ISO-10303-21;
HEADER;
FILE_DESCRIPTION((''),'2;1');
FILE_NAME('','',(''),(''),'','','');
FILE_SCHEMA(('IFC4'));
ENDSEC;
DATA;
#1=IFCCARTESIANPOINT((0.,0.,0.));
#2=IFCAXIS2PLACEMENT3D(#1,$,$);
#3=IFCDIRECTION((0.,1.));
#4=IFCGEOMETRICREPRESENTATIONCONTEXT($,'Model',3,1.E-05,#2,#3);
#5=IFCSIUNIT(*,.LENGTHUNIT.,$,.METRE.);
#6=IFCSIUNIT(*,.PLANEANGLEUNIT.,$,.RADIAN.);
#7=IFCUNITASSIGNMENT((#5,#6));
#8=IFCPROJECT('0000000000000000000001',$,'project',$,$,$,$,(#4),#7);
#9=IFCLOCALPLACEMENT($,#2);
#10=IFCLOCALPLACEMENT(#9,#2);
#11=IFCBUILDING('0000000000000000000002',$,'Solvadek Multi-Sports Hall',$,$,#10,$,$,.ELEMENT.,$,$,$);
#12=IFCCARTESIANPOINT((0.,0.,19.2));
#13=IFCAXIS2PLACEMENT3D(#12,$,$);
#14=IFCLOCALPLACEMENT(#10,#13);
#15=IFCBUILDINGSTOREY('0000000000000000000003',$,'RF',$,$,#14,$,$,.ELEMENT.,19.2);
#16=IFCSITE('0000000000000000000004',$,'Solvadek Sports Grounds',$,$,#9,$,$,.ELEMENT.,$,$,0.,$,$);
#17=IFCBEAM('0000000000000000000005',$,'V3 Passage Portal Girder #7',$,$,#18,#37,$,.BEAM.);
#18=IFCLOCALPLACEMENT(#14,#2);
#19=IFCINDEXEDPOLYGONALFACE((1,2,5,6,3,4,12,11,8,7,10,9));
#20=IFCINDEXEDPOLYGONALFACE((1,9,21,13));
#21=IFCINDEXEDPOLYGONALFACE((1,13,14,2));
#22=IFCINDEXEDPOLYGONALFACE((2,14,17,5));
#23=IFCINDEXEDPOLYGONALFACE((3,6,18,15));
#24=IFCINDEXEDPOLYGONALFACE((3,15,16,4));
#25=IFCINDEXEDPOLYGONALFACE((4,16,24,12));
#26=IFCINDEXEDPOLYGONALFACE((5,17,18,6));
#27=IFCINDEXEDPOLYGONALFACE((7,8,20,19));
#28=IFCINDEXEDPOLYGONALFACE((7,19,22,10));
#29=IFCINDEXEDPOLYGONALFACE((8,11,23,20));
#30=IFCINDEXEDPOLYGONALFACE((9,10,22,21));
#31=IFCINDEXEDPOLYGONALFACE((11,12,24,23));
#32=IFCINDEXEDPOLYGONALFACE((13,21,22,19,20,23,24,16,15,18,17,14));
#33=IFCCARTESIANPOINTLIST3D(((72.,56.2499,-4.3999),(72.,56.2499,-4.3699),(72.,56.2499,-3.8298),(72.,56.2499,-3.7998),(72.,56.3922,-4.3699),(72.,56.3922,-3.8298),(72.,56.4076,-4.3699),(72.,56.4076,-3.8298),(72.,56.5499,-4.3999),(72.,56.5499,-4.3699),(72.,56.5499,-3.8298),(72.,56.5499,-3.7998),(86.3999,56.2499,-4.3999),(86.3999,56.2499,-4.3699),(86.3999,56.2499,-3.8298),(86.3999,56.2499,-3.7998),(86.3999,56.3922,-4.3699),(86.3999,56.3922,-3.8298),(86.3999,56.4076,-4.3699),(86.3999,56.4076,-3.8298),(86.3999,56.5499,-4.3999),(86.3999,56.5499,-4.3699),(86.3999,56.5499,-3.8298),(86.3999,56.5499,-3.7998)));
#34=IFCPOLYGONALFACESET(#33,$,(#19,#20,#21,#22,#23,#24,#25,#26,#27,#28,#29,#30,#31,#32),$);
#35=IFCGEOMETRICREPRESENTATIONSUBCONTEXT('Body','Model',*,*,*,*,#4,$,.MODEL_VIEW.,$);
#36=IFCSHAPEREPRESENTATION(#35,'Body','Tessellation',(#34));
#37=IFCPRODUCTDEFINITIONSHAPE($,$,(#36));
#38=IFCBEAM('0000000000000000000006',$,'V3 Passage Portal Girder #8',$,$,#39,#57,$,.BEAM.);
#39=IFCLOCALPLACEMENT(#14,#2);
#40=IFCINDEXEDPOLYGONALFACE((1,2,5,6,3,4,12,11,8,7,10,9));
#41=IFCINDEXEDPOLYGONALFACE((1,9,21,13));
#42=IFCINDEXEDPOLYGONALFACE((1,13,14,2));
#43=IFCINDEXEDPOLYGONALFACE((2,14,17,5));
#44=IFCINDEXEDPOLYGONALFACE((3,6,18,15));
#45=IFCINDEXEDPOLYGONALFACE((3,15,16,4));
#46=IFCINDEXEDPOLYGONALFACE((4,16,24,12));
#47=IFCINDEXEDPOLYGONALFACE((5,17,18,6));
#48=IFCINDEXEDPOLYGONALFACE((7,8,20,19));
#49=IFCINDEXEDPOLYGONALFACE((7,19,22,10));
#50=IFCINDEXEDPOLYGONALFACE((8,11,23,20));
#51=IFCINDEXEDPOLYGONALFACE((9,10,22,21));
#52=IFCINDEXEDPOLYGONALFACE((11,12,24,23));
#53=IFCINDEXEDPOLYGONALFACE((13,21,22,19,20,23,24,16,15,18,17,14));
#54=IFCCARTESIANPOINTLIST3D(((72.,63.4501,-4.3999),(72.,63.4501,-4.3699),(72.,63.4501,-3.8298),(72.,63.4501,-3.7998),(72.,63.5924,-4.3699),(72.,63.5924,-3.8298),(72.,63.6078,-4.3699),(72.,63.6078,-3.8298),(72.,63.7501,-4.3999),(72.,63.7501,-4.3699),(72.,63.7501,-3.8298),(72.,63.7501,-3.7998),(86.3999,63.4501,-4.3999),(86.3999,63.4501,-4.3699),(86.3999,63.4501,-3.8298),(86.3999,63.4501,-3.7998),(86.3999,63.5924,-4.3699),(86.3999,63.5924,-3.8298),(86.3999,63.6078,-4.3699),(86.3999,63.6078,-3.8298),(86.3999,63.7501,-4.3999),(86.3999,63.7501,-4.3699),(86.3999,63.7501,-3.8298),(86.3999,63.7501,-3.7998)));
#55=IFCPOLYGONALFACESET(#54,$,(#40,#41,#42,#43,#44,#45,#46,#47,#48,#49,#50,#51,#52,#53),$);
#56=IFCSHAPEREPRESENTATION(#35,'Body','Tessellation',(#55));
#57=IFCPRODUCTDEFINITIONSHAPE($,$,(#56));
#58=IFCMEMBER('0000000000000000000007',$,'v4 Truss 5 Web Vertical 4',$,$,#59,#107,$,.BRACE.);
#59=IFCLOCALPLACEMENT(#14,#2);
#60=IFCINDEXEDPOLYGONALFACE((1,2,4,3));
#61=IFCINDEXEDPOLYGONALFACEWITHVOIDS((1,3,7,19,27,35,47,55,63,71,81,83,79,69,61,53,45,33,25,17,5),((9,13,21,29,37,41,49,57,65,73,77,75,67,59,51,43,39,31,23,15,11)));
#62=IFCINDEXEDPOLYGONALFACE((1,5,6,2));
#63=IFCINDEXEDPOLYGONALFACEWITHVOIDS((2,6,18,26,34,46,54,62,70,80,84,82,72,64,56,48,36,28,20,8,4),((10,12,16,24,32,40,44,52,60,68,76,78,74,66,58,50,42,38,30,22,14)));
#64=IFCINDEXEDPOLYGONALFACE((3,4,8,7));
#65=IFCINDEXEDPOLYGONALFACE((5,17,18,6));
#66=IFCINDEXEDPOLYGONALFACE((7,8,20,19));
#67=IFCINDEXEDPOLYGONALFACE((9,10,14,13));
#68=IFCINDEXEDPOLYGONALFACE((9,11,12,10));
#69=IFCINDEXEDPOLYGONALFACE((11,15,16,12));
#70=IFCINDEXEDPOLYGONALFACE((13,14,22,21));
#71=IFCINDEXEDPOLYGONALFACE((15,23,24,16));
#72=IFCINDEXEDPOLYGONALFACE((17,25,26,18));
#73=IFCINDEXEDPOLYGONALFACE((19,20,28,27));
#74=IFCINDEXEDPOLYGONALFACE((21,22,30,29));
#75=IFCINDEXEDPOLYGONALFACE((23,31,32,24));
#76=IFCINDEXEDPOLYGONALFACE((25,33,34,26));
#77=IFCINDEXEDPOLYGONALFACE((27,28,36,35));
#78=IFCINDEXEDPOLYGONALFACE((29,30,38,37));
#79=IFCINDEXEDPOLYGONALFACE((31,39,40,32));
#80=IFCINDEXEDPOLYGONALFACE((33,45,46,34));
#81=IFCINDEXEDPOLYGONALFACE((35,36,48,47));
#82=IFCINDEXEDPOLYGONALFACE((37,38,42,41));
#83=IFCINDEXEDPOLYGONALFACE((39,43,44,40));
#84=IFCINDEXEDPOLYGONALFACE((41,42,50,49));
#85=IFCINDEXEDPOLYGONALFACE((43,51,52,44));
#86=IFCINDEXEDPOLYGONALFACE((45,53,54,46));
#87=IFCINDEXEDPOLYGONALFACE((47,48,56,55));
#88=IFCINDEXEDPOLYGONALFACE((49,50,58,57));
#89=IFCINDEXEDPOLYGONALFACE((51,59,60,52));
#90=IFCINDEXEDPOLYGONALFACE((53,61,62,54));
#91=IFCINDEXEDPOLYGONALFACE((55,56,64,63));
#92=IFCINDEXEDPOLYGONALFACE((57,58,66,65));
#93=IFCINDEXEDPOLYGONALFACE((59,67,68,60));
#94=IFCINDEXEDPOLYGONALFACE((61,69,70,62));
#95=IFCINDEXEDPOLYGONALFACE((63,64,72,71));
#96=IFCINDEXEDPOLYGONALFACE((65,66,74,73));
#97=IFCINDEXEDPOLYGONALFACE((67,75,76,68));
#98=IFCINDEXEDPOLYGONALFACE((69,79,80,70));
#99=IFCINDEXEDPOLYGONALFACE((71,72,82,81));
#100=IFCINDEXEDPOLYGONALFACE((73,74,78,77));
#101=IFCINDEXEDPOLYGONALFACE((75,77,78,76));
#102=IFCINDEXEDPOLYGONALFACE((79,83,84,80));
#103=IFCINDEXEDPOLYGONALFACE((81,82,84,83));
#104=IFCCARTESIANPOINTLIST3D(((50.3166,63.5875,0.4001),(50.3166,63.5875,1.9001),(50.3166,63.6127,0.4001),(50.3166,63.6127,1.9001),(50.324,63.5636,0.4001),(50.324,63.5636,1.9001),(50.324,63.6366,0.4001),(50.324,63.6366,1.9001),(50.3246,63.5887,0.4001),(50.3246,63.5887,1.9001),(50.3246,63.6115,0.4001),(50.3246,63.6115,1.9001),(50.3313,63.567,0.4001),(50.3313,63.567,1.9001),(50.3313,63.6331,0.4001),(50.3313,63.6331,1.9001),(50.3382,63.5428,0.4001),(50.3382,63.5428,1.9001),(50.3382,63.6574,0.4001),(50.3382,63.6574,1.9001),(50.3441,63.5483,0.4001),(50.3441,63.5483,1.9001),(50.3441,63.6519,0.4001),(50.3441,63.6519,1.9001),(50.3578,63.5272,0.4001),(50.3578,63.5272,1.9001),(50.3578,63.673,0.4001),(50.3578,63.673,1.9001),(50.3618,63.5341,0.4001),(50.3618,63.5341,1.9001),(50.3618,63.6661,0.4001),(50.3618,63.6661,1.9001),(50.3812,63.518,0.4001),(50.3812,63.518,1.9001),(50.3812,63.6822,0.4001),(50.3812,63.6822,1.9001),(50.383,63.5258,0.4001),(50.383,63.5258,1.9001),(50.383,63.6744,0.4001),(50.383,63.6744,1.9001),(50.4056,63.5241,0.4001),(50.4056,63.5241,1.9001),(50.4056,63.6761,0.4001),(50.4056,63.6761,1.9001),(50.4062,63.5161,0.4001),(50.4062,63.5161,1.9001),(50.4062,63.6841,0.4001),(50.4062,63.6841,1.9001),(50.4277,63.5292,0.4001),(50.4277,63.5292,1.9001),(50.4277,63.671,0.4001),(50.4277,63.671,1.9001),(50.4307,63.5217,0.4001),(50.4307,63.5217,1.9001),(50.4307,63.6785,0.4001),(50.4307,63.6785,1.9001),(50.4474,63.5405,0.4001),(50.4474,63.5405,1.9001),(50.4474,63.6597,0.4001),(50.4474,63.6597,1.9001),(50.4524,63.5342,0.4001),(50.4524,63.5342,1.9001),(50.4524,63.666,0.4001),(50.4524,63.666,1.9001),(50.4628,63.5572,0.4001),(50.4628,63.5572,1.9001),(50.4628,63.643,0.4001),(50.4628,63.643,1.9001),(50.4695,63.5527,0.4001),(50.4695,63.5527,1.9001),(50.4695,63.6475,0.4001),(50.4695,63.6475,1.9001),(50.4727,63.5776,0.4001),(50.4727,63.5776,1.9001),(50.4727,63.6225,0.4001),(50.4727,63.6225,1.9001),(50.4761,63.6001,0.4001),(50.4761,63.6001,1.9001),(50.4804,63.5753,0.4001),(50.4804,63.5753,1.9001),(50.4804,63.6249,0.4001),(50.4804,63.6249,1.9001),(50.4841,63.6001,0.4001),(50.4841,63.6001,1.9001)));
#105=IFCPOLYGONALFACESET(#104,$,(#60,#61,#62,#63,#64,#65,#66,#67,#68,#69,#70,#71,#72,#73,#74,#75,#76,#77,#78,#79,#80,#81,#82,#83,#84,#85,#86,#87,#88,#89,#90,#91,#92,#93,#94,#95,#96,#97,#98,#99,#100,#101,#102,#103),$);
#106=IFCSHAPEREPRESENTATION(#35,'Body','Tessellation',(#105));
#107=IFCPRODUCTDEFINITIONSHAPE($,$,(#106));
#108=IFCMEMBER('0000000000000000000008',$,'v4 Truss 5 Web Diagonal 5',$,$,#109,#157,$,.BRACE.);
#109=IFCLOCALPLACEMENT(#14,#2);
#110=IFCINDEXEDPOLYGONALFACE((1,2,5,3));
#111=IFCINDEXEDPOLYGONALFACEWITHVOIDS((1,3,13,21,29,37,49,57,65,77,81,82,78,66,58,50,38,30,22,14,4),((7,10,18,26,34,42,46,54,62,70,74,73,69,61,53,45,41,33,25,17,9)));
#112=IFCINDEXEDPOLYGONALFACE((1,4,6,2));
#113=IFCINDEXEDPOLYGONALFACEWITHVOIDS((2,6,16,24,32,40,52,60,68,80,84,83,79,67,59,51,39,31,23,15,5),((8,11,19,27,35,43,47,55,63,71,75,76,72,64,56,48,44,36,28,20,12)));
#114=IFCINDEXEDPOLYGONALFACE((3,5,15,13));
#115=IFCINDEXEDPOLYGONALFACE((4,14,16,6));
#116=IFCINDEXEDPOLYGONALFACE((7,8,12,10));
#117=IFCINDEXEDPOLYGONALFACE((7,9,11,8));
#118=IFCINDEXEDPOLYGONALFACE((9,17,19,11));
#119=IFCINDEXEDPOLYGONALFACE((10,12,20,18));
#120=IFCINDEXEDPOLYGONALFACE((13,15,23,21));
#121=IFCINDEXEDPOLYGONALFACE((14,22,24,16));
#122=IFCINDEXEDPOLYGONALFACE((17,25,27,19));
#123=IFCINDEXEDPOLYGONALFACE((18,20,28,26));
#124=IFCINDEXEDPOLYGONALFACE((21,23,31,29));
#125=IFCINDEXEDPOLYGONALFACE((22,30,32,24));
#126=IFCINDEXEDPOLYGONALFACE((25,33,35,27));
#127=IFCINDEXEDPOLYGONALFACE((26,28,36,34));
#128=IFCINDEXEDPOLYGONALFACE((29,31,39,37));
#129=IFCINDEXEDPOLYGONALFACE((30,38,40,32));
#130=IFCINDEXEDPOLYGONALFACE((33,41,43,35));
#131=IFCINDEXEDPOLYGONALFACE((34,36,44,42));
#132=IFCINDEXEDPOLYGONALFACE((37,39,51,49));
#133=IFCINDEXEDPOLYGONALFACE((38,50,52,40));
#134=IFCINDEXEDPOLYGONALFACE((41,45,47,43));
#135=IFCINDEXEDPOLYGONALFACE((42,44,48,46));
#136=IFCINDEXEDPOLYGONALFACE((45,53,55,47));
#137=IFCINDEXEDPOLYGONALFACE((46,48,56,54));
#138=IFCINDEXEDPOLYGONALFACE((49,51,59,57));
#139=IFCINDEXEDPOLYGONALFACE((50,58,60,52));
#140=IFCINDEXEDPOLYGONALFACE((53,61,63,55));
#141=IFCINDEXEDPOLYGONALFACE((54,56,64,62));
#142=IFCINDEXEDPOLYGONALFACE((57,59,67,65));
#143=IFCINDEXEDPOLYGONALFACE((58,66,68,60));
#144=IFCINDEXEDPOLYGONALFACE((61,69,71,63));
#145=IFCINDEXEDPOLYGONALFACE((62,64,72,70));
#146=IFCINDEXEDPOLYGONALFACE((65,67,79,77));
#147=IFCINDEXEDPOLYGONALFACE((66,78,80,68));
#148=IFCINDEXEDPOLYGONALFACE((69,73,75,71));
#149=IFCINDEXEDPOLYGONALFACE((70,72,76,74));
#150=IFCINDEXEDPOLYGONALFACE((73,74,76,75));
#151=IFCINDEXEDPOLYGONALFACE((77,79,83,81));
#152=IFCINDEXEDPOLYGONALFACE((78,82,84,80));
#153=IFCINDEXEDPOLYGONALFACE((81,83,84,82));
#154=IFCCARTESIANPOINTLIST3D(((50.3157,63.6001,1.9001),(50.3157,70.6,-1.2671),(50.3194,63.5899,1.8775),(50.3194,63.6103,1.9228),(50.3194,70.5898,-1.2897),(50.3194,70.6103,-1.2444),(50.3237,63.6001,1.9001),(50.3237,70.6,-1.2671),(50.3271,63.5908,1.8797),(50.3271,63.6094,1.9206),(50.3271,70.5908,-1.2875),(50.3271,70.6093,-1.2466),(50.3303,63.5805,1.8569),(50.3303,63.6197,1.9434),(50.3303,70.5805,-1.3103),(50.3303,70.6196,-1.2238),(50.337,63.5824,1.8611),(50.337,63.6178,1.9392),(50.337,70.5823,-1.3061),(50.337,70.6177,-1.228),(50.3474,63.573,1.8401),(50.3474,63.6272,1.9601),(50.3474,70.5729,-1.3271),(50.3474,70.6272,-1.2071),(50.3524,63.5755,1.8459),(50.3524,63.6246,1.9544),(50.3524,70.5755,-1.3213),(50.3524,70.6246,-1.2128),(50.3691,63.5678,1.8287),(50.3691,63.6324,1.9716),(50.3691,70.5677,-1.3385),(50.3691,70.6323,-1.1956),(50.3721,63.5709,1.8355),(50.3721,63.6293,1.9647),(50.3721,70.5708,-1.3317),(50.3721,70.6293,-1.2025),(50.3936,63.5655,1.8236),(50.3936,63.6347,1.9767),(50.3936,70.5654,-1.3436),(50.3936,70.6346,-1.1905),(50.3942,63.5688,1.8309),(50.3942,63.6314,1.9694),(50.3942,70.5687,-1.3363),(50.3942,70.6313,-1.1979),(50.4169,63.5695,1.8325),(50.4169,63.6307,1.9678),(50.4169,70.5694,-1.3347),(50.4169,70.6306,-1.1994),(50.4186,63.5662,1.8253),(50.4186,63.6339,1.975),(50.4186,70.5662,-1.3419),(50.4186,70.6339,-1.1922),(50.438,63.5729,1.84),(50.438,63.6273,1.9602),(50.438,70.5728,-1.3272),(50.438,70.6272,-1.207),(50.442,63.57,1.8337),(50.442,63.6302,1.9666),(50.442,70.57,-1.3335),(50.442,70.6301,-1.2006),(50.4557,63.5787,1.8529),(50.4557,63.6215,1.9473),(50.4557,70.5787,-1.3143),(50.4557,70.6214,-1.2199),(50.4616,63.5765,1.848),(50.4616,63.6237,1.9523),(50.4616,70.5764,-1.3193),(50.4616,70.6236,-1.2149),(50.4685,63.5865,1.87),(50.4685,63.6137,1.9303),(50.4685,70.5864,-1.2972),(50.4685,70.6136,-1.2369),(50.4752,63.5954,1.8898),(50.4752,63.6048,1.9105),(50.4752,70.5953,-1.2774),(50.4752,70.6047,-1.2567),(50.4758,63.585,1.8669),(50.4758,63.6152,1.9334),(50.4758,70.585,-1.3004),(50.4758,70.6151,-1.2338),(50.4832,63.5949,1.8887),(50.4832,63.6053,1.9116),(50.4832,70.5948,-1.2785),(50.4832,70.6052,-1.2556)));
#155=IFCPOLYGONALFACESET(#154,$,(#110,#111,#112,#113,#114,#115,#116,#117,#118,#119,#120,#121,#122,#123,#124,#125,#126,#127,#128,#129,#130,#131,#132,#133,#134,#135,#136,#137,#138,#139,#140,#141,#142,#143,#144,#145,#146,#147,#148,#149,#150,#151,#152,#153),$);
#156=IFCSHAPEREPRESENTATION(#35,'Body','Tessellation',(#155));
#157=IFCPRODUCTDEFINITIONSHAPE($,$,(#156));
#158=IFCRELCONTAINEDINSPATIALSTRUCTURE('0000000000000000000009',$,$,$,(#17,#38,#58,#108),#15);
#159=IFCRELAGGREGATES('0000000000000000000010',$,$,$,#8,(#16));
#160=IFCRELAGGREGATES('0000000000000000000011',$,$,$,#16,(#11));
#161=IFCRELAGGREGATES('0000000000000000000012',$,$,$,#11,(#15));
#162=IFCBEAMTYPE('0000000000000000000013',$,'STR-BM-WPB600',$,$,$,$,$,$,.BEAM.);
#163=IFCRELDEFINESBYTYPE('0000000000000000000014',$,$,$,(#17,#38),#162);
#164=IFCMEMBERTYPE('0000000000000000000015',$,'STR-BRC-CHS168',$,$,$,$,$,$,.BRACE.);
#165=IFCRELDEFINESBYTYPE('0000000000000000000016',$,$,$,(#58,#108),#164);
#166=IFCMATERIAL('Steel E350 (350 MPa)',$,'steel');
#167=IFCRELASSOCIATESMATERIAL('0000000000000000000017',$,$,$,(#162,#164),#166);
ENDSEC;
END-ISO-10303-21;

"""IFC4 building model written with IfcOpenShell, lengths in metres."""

from ifc_helpers import new_model, si_unit, direction, frame, origin, origin_2d, place, context, subcontext, project, spatial, hollow_circle, i_section, extrude, material, material_profile, profile_set, type_object, element, save


model = new_model("IFC4")

# Units and contexts
model_context = context("Model", 3, precision=1e-05, world=origin(), true_north=direction((0.0, 1.0)))
body_context = subcontext(model_context, "Body", "Model", "MODEL_VIEW")
ifc_project = project(units=[si_unit("LENGTHUNIT", "METRE"), si_unit("PLANEANGLEUNIT", "RADIAN")], contexts=[model_context])

# Site, building, storey
site_placement = place(None, origin())
site = spatial("IfcSite", under=ifc_project, at=site_placement, Name="Solvadek Sports Grounds", CompositionType="ELEMENT", RefElevation=0.0)
building_placement = place(site_placement, origin())
building = spatial("IfcBuilding", under=site, at=building_placement, Name="Solvadek Multi-Sports Hall", CompositionType="ELEMENT")
storey_placement = place(building_placement, frame((0.0, 0.0, 19.2)))
storey = spatial("IfcBuildingStorey", under=building, at=storey_placement, Name="RF", CompositionType="ELEMENT", Elevation=19.2)

# Beams
ifc_material_1 = material(Name="Steel E350 (350 MPa)", Category="steel")
ifc_material_profile_1 = material_profile(ifc_material_1, i_section(OverallWidth=0.3, OverallDepth=0.6001, WebThickness=0.0154, FlangeThickness=0.03, at=origin_2d()), Name="WPB 600")
ifc_profile_set_1 = profile_set([ifc_material_profile_1], Name="Steel E350 (350 MPa)")
beam_type_1 = type_object("IfcBeamType", Name="STR-BM-WPB600", PredefinedType="BEAM", material=ifc_profile_set_1)
for number, where, z_axis, x_axis, name in (
    (1, (72.0, 56.3999, -4.0999), (1.0, 0.0, 0.0), (0.0, 1.0, 0.0), "V3 Passage Portal Girder #7"),
    (2, (72.0, 63.6001, -4.0999), (1.0, 0.0, 0.0), (0.0, 1.0, 0.0), "V3 Passage Portal Girder #8"),
):
    element("IfcBeam", number, at=place(storey_placement, frame(where, z_axis=z_axis, x_axis=x_axis)), inside=storey, type_object=beam_type_1, Name=name, PredefinedType="BEAM", context=body_context, shape_type="SweptSolid", body=[
        extrude(i_section(OverallWidth=0.3, OverallDepth=0.6001, WebThickness=0.0154, FlangeThickness=0.03, at=origin_2d()), origin(), (0.0, 0.0, 1.0), 14.3999),
    ])

# Members
ifc_material_profile_2 = material_profile(ifc_material_1, hollow_circle(Radius=0.0842, WallThickness=0.0081, at=origin_2d()), Name="CHS 168.3x8")
ifc_profile_set_2 = profile_set([ifc_material_profile_2], Name="Steel E350 (350 MPa)")
member_type_1 = type_object("IfcMemberType", Name="STR-BRC-CHS168", PredefinedType="BRACE", material=ifc_profile_set_2)
member_1_placement = place(storey_placement, frame((50.3999, 63.6001, 0.4001), z_axis=(0.0, 0.0, 1.0), x_axis=(1.0, 0.0, 0.0)))
element("IfcMember", 3, at=member_1_placement, inside=storey, type_object=member_type_1, Name="v4 Truss 5 Web Vertical 4", PredefinedType="BRACE", context=body_context, shape_type="SweptSolid", body=[
    extrude(hollow_circle(Radius=0.0842, WallThickness=0.0081, at=origin_2d()), origin(), (0.0, 0.0, 1.0), 1.5),
])
member_2_placement = place(storey_placement, frame((50.3999, 63.6001, 1.9001), z_axis=(0.0, 0.91108, -0.412229), x_axis=(-1.0, 0.0, 0.0)))
element("IfcMember", 4, at=member_2_placement, inside=storey, type_object=member_type_1, Name="v4 Truss 5 Web Diagonal 5", PredefinedType="BRACE", context=body_context, shape_type="SweptSolid", body=[
    extrude(hollow_circle(Radius=0.0842, WallThickness=0.0081, at=origin_2d()), origin(), (0.0, 0.0, 1.0), 7.6831),
])

save(model, "model.ifc")
